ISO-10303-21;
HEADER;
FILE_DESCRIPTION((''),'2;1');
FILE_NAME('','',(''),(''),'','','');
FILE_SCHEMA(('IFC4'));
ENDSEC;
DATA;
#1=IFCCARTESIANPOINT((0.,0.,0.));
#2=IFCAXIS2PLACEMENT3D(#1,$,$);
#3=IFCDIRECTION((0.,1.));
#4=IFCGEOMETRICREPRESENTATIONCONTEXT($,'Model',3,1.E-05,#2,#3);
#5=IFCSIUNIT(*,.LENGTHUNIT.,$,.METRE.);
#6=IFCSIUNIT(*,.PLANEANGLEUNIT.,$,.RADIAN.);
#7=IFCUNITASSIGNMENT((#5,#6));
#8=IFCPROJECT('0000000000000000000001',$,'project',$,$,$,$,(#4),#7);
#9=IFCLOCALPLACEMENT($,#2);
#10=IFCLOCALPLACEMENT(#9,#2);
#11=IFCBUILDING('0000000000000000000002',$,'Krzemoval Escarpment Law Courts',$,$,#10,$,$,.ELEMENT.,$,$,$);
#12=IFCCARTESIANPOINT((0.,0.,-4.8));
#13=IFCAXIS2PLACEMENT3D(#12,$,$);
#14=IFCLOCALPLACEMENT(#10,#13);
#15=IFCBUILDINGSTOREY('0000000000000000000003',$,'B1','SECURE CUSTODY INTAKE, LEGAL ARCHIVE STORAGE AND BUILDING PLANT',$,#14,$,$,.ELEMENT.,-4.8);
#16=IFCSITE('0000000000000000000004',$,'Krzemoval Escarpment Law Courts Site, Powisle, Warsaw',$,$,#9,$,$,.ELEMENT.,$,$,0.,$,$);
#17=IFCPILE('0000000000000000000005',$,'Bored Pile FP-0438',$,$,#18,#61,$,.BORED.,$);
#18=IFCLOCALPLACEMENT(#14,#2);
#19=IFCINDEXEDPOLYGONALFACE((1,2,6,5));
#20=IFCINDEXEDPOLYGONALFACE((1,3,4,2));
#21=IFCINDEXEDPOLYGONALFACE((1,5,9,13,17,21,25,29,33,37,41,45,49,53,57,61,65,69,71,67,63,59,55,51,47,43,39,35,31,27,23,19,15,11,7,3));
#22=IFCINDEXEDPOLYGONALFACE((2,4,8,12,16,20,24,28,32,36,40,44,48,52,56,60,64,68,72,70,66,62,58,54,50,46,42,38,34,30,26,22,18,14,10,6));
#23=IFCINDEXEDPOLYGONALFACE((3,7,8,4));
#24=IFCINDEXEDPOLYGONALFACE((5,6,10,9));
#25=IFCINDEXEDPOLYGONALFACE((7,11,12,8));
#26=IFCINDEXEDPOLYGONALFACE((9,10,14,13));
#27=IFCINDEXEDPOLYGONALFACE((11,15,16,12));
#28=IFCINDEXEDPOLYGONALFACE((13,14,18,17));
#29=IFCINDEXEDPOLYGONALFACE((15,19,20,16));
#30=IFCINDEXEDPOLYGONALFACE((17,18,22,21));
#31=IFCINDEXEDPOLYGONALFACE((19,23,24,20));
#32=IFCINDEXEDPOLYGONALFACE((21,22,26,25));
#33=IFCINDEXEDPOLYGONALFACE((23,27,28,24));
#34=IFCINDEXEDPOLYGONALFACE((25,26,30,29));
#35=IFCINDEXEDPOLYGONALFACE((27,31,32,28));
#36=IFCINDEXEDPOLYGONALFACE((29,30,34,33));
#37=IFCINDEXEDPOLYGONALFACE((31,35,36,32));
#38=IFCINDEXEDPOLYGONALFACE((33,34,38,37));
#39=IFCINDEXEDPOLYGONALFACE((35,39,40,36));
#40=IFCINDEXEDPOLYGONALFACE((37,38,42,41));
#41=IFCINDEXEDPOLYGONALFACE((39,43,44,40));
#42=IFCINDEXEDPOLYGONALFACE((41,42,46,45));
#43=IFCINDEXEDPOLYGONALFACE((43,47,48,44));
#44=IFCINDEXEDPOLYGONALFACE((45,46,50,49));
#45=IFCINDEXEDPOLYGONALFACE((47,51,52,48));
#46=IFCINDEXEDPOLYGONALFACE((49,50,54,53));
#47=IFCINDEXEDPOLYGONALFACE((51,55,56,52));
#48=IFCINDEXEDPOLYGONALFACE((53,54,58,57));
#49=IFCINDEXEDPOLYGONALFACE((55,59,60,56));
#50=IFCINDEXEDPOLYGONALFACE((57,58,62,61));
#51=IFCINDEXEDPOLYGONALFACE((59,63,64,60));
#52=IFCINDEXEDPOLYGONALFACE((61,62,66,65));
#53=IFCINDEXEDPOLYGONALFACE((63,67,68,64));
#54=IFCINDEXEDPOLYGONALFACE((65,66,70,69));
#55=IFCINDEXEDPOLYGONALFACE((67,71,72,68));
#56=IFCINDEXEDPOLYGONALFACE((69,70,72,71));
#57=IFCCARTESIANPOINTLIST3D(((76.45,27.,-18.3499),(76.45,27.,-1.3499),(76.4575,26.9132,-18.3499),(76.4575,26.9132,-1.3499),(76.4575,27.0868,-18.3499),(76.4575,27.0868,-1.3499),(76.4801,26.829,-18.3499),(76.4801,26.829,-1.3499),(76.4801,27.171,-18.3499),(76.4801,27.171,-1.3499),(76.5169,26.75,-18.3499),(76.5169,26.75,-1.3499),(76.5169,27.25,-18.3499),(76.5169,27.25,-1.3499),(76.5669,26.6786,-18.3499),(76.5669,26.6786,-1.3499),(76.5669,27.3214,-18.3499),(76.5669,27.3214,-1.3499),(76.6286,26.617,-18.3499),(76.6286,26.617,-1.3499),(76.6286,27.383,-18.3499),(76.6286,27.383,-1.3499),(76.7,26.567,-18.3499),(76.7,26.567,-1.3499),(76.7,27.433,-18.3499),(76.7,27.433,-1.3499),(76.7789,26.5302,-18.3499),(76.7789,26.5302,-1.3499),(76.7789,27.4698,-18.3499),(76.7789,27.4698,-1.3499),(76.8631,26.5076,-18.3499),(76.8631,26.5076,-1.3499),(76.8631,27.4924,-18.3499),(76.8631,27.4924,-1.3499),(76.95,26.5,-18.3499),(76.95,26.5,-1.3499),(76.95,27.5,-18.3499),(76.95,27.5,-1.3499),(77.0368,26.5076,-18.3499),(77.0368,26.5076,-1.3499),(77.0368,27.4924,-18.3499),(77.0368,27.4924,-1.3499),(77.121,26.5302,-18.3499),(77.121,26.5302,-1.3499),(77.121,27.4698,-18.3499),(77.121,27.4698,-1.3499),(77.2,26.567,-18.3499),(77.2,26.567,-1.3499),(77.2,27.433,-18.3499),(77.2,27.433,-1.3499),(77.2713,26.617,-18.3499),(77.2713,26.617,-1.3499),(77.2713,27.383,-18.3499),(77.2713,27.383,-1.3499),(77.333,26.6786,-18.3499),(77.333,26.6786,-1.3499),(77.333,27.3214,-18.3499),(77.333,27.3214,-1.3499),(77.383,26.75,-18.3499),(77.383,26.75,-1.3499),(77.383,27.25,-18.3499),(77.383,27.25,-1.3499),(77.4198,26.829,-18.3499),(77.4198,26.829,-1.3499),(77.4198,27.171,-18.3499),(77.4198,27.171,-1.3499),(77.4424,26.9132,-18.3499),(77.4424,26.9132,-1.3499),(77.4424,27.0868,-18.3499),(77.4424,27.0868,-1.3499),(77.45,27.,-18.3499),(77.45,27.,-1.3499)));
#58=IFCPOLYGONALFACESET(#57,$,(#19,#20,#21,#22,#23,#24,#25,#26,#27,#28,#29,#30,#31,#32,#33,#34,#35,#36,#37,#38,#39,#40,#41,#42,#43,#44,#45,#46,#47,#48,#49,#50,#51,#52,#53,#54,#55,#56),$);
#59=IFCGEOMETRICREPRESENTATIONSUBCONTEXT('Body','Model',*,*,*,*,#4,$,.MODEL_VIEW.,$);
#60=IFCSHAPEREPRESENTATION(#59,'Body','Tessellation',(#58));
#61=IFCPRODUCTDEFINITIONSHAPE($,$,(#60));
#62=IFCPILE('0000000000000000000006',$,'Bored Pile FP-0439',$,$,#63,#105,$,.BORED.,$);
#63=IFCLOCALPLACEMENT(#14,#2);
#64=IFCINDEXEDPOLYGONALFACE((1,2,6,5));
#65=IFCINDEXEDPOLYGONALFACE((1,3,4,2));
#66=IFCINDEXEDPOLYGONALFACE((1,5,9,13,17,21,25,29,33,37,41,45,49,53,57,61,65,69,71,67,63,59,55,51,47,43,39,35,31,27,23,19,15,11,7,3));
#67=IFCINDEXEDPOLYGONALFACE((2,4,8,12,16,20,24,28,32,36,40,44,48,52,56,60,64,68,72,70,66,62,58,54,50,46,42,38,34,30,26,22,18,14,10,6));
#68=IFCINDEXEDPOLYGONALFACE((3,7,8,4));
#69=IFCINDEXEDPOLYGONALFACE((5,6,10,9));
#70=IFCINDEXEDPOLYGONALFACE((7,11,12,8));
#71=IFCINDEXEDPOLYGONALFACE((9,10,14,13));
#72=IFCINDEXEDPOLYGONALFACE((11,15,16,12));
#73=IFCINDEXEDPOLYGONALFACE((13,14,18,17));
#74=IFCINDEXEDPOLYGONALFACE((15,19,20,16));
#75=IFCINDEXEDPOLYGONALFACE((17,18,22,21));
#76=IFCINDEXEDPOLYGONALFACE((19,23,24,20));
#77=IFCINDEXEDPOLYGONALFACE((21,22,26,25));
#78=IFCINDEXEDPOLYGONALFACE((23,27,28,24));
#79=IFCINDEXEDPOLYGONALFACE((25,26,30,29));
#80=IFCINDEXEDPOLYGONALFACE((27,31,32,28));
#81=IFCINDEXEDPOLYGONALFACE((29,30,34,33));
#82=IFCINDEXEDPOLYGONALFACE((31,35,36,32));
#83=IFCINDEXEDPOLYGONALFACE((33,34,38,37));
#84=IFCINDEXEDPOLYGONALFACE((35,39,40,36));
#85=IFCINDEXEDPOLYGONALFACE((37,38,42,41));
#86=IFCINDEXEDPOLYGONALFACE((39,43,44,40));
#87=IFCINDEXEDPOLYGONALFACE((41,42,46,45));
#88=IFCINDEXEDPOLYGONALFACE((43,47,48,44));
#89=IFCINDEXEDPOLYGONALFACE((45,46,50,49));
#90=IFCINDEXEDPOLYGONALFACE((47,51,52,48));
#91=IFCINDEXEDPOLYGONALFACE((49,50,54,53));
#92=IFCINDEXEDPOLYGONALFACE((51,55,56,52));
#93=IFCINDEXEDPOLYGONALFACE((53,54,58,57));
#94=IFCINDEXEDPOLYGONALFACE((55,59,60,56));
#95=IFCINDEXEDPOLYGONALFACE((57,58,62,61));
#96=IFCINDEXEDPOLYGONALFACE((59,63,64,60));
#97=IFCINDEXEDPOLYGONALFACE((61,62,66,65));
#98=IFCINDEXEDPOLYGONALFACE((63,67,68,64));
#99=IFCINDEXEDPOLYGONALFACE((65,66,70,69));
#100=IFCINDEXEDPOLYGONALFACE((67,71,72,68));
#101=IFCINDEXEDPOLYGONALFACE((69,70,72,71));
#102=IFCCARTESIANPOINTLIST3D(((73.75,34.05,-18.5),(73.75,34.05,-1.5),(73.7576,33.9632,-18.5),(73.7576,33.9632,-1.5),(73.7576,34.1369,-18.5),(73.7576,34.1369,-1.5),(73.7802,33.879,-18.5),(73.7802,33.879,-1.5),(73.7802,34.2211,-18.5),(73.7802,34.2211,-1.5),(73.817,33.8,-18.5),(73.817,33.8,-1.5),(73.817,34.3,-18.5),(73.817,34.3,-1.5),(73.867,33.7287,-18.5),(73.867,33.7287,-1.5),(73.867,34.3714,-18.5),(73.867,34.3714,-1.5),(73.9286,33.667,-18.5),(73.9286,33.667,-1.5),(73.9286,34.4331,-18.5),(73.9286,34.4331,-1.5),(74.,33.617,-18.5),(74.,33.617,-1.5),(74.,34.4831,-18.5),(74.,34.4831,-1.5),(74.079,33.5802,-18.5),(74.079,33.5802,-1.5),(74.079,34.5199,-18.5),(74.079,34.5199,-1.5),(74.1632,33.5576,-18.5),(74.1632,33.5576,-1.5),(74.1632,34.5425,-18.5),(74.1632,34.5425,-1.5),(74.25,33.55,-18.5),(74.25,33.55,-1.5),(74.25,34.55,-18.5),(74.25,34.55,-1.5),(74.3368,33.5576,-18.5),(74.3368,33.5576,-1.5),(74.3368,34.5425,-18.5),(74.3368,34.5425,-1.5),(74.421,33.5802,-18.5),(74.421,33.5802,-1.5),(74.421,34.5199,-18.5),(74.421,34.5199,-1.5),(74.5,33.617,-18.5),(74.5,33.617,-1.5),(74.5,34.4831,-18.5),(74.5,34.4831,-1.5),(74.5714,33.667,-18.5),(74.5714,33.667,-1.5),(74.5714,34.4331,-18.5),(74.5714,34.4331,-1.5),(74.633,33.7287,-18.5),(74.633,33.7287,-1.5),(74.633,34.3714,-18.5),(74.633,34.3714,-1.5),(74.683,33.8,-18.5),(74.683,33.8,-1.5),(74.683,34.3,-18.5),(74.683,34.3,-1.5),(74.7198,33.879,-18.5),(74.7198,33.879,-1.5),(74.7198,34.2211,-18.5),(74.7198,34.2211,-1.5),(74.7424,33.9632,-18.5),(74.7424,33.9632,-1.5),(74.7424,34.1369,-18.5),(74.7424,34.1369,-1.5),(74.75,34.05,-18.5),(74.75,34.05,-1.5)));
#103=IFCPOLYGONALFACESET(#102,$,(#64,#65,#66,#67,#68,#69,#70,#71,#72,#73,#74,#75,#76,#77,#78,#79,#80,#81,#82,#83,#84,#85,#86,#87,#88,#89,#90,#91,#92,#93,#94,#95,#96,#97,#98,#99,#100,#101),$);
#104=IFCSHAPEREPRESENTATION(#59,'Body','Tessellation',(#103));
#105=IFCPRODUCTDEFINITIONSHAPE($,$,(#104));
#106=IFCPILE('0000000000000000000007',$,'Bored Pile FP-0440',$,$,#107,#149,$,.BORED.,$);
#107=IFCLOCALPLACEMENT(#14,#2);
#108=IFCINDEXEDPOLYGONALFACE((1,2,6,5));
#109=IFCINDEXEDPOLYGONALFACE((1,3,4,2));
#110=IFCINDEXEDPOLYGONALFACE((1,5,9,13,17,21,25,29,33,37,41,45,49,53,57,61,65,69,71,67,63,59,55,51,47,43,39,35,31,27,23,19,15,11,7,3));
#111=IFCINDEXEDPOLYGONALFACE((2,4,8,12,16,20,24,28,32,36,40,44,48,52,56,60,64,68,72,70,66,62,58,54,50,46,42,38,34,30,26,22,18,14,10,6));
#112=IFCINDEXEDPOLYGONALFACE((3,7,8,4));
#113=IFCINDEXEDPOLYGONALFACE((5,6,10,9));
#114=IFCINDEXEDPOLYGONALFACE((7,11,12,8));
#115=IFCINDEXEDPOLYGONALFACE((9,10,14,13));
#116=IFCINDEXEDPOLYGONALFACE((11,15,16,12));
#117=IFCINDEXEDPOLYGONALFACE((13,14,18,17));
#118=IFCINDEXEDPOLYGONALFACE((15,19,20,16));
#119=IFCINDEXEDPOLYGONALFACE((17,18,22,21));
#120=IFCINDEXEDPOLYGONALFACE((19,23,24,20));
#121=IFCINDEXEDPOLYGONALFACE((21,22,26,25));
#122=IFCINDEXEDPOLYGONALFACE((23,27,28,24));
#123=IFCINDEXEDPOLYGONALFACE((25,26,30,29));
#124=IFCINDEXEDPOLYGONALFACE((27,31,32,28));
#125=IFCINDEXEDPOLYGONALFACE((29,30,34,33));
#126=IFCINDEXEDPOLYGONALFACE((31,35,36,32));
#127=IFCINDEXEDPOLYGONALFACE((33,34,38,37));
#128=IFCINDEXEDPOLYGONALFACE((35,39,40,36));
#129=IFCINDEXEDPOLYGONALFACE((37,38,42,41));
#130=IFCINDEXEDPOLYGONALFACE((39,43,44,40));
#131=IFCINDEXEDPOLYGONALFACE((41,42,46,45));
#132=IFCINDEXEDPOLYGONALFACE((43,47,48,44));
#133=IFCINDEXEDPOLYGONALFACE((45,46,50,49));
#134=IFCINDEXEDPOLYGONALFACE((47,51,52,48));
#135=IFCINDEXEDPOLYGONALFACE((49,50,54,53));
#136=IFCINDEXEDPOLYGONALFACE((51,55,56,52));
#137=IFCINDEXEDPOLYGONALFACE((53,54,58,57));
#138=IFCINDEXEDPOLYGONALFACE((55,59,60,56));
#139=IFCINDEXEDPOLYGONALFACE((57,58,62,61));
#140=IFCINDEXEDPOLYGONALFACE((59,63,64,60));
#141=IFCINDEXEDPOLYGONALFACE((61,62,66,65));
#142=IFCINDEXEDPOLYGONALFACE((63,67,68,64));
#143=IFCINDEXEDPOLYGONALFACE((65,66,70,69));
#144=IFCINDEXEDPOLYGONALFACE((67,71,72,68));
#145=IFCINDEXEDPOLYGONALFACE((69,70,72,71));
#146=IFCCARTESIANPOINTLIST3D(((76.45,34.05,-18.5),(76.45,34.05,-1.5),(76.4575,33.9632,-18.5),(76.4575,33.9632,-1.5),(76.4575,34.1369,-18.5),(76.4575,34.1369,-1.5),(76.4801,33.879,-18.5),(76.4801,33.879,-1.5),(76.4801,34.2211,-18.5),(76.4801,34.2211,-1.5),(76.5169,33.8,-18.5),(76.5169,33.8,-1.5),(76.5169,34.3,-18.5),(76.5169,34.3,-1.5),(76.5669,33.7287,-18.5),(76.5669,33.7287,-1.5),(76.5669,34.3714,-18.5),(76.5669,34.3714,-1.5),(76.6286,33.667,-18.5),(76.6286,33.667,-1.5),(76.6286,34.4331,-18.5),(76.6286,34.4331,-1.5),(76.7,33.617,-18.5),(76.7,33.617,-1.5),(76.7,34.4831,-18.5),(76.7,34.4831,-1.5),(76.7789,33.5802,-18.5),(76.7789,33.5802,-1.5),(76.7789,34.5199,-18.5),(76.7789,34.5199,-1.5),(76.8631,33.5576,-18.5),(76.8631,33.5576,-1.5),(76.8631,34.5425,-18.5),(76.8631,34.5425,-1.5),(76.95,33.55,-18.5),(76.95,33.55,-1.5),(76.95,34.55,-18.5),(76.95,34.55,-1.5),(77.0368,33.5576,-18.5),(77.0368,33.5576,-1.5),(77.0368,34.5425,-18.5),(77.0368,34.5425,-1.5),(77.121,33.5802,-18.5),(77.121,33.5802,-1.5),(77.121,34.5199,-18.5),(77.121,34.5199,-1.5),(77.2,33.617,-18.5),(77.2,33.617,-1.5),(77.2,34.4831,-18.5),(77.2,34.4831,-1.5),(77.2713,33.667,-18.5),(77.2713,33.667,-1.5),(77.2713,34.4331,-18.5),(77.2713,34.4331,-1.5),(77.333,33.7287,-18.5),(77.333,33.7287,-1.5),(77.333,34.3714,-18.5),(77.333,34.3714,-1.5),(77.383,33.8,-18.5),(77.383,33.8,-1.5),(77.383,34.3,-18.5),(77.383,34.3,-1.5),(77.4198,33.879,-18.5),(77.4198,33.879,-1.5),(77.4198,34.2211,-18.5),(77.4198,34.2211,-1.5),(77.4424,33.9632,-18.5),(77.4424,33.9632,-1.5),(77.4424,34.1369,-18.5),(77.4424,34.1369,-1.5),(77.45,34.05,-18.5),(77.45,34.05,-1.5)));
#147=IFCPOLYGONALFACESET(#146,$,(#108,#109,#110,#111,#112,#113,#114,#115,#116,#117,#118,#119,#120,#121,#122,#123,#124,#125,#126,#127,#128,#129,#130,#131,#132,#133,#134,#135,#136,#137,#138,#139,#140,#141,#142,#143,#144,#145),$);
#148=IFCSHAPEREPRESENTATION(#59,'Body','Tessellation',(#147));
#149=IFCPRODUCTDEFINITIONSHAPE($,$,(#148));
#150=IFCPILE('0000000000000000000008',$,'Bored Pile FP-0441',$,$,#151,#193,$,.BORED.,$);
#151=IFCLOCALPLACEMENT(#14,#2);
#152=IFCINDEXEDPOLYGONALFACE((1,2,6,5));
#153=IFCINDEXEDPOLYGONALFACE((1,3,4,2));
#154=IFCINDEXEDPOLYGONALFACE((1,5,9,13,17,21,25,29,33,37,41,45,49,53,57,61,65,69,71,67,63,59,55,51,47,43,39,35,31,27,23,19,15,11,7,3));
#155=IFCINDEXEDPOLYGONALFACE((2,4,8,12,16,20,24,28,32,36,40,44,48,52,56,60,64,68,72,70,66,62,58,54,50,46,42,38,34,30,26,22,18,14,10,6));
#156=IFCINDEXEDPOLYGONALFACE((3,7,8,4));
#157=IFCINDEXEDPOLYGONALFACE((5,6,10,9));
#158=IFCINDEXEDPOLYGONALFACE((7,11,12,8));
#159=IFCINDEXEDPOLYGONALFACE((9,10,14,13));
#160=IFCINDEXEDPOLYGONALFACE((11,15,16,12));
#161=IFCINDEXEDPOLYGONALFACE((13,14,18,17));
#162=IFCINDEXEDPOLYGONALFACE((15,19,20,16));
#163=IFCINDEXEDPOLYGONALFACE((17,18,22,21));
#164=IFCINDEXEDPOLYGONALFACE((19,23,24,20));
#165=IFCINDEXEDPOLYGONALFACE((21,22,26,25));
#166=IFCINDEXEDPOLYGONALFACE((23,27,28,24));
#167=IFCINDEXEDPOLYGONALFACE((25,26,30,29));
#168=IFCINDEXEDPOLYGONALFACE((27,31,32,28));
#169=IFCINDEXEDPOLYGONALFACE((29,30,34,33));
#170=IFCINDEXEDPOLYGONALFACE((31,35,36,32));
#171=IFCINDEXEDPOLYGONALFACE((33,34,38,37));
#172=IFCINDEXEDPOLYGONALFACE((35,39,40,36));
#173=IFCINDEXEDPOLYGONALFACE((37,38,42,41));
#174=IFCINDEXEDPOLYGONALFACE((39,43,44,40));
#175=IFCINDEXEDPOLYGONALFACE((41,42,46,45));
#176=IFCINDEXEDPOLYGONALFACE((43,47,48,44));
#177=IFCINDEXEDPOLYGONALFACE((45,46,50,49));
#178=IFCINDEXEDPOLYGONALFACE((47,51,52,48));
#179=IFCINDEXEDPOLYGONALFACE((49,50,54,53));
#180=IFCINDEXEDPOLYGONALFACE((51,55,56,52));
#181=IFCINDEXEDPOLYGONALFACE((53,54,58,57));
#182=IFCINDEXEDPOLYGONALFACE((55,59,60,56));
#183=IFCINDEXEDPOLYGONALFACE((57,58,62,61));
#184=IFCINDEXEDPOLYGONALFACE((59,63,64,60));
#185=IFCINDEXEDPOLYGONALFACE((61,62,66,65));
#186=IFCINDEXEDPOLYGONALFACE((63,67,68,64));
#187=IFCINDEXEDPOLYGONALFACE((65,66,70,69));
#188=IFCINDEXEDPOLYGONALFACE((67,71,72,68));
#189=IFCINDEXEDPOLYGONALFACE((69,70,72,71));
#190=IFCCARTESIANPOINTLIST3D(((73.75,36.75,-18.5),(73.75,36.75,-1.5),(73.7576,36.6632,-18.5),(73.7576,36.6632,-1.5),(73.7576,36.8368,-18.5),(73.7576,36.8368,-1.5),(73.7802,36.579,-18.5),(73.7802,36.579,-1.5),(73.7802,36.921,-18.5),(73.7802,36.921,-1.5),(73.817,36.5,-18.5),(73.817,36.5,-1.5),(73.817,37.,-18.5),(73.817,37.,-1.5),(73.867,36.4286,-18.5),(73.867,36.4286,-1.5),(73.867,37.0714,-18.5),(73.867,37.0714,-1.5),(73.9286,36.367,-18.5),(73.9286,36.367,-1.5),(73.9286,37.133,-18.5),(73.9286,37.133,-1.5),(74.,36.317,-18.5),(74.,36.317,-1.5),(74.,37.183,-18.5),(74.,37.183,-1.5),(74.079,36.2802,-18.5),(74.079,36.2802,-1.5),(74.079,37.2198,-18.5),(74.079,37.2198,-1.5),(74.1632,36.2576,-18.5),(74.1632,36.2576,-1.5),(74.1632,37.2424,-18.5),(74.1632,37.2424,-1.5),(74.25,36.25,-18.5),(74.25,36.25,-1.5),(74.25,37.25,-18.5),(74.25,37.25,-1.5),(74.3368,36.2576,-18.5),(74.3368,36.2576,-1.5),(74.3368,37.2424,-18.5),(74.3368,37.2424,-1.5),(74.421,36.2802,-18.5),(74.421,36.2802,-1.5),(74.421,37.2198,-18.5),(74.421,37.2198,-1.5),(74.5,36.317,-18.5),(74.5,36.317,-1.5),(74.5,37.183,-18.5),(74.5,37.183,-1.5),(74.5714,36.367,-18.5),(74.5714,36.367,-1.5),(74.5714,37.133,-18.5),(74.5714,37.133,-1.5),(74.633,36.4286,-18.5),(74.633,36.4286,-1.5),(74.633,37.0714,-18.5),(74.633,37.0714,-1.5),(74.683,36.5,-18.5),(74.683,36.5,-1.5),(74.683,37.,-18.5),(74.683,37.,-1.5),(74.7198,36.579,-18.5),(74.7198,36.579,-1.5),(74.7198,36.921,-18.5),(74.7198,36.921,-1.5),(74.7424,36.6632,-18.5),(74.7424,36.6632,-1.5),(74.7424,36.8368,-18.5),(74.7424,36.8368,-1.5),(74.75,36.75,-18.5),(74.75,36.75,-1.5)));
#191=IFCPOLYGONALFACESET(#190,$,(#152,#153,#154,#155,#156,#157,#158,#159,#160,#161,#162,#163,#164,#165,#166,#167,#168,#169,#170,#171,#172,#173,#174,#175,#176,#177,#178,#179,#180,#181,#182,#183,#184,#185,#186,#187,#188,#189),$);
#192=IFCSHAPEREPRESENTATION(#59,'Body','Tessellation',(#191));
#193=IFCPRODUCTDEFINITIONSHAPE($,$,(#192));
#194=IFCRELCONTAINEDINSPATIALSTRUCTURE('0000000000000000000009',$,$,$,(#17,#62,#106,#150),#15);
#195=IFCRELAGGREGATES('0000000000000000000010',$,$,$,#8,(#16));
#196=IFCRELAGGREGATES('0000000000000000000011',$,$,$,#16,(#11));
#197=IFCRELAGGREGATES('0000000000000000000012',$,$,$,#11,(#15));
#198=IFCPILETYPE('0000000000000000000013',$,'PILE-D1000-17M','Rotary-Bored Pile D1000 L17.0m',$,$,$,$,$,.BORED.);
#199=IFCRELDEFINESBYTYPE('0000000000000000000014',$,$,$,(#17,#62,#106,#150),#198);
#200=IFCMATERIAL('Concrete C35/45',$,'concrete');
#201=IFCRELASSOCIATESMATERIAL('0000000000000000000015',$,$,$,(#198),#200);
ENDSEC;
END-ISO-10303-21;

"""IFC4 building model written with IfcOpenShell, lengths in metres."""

from ifc_helpers import new_model, si_unit, direction, frame, origin, origin_2d, place, context, subcontext, project, spatial, circle, extrude, material, material_profile, profile_set, type_object, element, save


model = new_model("IFC4")

# Units and contexts
model_context = context("Model", 3, precision=1e-05, world=origin(), true_north=direction((0.0, 1.0)))
body_context = subcontext(model_context, "Body", "Model", "MODEL_VIEW")
ifc_project = project(units=[si_unit("LENGTHUNIT", "METRE"), si_unit("PLANEANGLEUNIT", "RADIAN")], contexts=[model_context])

# Site, building, storey
site_placement = place(None, origin())
site = spatial("IfcSite", under=ifc_project, at=site_placement, Name="Krzemoval Escarpment Law Courts Site, Powisle, Warsaw", CompositionType="ELEMENT", RefElevation=0.0)
building_placement = place(site_placement, origin())
building = spatial("IfcBuilding", under=site, at=building_placement, Name="Krzemoval Escarpment Law Courts", CompositionType="ELEMENT")
storey_placement = place(building_placement, frame((0.0, 0.0, -4.8)))
storey = spatial("IfcBuildingStorey", under=building, at=storey_placement, Name="B1", Description="SECURE CUSTODY INTAKE, LEGAL ARCHIVE STORAGE AND BUILDING PLANT", CompositionType="ELEMENT", Elevation=-4.8)

# Piles
ifc_material_1 = material(Name="Concrete C35/45", Category="concrete")
ifc_material_profile_1 = material_profile(ifc_material_1, circle(Radius=0.5, at=origin_2d()), Name="PILE D1000")
ifc_profile_set_1 = profile_set([ifc_material_profile_1], Name="Concrete C35/45")
pile_type = type_object("IfcPileType", Name="PILE-D1000-17M", Description="Rotary-Bored Pile D1000 L17.0m", PredefinedType="BORED", material=ifc_profile_set_1)
for number, where, z_axis, x_axis, name in (
    (1, (76.95, 27.0, -1.3499), (0.0, 0.0, -1.0), (1.0, 0.0, 0.0), "Bored Pile FP-0438"),
    (2, (74.25, 34.05, -1.5), (0.0, 0.0, -1.0), (1.0, 0.0, 0.0), "Bored Pile FP-0439"),
    (3, (76.95, 34.05, -1.5), (0.0, 0.0, -1.0), (1.0, 0.0, 0.0), "Bored Pile FP-0440"),
    (4, (74.25, 36.75, -1.5), (0.0, 0.0, -1.0), (1.0, 0.0, 0.0), "Bored Pile FP-0441"),
):
    element("IfcPile", number, at=place(storey_placement, frame(where, z_axis=z_axis, x_axis=x_axis)), inside=storey, type_object=pile_type, Name=name, PredefinedType="BORED", context=body_context, shape_type="SweptSolid", body=[
        extrude(circle(Radius=0.5, at=origin_2d()), origin(), (0.0, 0.0, 1.0), 17.0),
    ])

save(model, "model.ifc")
